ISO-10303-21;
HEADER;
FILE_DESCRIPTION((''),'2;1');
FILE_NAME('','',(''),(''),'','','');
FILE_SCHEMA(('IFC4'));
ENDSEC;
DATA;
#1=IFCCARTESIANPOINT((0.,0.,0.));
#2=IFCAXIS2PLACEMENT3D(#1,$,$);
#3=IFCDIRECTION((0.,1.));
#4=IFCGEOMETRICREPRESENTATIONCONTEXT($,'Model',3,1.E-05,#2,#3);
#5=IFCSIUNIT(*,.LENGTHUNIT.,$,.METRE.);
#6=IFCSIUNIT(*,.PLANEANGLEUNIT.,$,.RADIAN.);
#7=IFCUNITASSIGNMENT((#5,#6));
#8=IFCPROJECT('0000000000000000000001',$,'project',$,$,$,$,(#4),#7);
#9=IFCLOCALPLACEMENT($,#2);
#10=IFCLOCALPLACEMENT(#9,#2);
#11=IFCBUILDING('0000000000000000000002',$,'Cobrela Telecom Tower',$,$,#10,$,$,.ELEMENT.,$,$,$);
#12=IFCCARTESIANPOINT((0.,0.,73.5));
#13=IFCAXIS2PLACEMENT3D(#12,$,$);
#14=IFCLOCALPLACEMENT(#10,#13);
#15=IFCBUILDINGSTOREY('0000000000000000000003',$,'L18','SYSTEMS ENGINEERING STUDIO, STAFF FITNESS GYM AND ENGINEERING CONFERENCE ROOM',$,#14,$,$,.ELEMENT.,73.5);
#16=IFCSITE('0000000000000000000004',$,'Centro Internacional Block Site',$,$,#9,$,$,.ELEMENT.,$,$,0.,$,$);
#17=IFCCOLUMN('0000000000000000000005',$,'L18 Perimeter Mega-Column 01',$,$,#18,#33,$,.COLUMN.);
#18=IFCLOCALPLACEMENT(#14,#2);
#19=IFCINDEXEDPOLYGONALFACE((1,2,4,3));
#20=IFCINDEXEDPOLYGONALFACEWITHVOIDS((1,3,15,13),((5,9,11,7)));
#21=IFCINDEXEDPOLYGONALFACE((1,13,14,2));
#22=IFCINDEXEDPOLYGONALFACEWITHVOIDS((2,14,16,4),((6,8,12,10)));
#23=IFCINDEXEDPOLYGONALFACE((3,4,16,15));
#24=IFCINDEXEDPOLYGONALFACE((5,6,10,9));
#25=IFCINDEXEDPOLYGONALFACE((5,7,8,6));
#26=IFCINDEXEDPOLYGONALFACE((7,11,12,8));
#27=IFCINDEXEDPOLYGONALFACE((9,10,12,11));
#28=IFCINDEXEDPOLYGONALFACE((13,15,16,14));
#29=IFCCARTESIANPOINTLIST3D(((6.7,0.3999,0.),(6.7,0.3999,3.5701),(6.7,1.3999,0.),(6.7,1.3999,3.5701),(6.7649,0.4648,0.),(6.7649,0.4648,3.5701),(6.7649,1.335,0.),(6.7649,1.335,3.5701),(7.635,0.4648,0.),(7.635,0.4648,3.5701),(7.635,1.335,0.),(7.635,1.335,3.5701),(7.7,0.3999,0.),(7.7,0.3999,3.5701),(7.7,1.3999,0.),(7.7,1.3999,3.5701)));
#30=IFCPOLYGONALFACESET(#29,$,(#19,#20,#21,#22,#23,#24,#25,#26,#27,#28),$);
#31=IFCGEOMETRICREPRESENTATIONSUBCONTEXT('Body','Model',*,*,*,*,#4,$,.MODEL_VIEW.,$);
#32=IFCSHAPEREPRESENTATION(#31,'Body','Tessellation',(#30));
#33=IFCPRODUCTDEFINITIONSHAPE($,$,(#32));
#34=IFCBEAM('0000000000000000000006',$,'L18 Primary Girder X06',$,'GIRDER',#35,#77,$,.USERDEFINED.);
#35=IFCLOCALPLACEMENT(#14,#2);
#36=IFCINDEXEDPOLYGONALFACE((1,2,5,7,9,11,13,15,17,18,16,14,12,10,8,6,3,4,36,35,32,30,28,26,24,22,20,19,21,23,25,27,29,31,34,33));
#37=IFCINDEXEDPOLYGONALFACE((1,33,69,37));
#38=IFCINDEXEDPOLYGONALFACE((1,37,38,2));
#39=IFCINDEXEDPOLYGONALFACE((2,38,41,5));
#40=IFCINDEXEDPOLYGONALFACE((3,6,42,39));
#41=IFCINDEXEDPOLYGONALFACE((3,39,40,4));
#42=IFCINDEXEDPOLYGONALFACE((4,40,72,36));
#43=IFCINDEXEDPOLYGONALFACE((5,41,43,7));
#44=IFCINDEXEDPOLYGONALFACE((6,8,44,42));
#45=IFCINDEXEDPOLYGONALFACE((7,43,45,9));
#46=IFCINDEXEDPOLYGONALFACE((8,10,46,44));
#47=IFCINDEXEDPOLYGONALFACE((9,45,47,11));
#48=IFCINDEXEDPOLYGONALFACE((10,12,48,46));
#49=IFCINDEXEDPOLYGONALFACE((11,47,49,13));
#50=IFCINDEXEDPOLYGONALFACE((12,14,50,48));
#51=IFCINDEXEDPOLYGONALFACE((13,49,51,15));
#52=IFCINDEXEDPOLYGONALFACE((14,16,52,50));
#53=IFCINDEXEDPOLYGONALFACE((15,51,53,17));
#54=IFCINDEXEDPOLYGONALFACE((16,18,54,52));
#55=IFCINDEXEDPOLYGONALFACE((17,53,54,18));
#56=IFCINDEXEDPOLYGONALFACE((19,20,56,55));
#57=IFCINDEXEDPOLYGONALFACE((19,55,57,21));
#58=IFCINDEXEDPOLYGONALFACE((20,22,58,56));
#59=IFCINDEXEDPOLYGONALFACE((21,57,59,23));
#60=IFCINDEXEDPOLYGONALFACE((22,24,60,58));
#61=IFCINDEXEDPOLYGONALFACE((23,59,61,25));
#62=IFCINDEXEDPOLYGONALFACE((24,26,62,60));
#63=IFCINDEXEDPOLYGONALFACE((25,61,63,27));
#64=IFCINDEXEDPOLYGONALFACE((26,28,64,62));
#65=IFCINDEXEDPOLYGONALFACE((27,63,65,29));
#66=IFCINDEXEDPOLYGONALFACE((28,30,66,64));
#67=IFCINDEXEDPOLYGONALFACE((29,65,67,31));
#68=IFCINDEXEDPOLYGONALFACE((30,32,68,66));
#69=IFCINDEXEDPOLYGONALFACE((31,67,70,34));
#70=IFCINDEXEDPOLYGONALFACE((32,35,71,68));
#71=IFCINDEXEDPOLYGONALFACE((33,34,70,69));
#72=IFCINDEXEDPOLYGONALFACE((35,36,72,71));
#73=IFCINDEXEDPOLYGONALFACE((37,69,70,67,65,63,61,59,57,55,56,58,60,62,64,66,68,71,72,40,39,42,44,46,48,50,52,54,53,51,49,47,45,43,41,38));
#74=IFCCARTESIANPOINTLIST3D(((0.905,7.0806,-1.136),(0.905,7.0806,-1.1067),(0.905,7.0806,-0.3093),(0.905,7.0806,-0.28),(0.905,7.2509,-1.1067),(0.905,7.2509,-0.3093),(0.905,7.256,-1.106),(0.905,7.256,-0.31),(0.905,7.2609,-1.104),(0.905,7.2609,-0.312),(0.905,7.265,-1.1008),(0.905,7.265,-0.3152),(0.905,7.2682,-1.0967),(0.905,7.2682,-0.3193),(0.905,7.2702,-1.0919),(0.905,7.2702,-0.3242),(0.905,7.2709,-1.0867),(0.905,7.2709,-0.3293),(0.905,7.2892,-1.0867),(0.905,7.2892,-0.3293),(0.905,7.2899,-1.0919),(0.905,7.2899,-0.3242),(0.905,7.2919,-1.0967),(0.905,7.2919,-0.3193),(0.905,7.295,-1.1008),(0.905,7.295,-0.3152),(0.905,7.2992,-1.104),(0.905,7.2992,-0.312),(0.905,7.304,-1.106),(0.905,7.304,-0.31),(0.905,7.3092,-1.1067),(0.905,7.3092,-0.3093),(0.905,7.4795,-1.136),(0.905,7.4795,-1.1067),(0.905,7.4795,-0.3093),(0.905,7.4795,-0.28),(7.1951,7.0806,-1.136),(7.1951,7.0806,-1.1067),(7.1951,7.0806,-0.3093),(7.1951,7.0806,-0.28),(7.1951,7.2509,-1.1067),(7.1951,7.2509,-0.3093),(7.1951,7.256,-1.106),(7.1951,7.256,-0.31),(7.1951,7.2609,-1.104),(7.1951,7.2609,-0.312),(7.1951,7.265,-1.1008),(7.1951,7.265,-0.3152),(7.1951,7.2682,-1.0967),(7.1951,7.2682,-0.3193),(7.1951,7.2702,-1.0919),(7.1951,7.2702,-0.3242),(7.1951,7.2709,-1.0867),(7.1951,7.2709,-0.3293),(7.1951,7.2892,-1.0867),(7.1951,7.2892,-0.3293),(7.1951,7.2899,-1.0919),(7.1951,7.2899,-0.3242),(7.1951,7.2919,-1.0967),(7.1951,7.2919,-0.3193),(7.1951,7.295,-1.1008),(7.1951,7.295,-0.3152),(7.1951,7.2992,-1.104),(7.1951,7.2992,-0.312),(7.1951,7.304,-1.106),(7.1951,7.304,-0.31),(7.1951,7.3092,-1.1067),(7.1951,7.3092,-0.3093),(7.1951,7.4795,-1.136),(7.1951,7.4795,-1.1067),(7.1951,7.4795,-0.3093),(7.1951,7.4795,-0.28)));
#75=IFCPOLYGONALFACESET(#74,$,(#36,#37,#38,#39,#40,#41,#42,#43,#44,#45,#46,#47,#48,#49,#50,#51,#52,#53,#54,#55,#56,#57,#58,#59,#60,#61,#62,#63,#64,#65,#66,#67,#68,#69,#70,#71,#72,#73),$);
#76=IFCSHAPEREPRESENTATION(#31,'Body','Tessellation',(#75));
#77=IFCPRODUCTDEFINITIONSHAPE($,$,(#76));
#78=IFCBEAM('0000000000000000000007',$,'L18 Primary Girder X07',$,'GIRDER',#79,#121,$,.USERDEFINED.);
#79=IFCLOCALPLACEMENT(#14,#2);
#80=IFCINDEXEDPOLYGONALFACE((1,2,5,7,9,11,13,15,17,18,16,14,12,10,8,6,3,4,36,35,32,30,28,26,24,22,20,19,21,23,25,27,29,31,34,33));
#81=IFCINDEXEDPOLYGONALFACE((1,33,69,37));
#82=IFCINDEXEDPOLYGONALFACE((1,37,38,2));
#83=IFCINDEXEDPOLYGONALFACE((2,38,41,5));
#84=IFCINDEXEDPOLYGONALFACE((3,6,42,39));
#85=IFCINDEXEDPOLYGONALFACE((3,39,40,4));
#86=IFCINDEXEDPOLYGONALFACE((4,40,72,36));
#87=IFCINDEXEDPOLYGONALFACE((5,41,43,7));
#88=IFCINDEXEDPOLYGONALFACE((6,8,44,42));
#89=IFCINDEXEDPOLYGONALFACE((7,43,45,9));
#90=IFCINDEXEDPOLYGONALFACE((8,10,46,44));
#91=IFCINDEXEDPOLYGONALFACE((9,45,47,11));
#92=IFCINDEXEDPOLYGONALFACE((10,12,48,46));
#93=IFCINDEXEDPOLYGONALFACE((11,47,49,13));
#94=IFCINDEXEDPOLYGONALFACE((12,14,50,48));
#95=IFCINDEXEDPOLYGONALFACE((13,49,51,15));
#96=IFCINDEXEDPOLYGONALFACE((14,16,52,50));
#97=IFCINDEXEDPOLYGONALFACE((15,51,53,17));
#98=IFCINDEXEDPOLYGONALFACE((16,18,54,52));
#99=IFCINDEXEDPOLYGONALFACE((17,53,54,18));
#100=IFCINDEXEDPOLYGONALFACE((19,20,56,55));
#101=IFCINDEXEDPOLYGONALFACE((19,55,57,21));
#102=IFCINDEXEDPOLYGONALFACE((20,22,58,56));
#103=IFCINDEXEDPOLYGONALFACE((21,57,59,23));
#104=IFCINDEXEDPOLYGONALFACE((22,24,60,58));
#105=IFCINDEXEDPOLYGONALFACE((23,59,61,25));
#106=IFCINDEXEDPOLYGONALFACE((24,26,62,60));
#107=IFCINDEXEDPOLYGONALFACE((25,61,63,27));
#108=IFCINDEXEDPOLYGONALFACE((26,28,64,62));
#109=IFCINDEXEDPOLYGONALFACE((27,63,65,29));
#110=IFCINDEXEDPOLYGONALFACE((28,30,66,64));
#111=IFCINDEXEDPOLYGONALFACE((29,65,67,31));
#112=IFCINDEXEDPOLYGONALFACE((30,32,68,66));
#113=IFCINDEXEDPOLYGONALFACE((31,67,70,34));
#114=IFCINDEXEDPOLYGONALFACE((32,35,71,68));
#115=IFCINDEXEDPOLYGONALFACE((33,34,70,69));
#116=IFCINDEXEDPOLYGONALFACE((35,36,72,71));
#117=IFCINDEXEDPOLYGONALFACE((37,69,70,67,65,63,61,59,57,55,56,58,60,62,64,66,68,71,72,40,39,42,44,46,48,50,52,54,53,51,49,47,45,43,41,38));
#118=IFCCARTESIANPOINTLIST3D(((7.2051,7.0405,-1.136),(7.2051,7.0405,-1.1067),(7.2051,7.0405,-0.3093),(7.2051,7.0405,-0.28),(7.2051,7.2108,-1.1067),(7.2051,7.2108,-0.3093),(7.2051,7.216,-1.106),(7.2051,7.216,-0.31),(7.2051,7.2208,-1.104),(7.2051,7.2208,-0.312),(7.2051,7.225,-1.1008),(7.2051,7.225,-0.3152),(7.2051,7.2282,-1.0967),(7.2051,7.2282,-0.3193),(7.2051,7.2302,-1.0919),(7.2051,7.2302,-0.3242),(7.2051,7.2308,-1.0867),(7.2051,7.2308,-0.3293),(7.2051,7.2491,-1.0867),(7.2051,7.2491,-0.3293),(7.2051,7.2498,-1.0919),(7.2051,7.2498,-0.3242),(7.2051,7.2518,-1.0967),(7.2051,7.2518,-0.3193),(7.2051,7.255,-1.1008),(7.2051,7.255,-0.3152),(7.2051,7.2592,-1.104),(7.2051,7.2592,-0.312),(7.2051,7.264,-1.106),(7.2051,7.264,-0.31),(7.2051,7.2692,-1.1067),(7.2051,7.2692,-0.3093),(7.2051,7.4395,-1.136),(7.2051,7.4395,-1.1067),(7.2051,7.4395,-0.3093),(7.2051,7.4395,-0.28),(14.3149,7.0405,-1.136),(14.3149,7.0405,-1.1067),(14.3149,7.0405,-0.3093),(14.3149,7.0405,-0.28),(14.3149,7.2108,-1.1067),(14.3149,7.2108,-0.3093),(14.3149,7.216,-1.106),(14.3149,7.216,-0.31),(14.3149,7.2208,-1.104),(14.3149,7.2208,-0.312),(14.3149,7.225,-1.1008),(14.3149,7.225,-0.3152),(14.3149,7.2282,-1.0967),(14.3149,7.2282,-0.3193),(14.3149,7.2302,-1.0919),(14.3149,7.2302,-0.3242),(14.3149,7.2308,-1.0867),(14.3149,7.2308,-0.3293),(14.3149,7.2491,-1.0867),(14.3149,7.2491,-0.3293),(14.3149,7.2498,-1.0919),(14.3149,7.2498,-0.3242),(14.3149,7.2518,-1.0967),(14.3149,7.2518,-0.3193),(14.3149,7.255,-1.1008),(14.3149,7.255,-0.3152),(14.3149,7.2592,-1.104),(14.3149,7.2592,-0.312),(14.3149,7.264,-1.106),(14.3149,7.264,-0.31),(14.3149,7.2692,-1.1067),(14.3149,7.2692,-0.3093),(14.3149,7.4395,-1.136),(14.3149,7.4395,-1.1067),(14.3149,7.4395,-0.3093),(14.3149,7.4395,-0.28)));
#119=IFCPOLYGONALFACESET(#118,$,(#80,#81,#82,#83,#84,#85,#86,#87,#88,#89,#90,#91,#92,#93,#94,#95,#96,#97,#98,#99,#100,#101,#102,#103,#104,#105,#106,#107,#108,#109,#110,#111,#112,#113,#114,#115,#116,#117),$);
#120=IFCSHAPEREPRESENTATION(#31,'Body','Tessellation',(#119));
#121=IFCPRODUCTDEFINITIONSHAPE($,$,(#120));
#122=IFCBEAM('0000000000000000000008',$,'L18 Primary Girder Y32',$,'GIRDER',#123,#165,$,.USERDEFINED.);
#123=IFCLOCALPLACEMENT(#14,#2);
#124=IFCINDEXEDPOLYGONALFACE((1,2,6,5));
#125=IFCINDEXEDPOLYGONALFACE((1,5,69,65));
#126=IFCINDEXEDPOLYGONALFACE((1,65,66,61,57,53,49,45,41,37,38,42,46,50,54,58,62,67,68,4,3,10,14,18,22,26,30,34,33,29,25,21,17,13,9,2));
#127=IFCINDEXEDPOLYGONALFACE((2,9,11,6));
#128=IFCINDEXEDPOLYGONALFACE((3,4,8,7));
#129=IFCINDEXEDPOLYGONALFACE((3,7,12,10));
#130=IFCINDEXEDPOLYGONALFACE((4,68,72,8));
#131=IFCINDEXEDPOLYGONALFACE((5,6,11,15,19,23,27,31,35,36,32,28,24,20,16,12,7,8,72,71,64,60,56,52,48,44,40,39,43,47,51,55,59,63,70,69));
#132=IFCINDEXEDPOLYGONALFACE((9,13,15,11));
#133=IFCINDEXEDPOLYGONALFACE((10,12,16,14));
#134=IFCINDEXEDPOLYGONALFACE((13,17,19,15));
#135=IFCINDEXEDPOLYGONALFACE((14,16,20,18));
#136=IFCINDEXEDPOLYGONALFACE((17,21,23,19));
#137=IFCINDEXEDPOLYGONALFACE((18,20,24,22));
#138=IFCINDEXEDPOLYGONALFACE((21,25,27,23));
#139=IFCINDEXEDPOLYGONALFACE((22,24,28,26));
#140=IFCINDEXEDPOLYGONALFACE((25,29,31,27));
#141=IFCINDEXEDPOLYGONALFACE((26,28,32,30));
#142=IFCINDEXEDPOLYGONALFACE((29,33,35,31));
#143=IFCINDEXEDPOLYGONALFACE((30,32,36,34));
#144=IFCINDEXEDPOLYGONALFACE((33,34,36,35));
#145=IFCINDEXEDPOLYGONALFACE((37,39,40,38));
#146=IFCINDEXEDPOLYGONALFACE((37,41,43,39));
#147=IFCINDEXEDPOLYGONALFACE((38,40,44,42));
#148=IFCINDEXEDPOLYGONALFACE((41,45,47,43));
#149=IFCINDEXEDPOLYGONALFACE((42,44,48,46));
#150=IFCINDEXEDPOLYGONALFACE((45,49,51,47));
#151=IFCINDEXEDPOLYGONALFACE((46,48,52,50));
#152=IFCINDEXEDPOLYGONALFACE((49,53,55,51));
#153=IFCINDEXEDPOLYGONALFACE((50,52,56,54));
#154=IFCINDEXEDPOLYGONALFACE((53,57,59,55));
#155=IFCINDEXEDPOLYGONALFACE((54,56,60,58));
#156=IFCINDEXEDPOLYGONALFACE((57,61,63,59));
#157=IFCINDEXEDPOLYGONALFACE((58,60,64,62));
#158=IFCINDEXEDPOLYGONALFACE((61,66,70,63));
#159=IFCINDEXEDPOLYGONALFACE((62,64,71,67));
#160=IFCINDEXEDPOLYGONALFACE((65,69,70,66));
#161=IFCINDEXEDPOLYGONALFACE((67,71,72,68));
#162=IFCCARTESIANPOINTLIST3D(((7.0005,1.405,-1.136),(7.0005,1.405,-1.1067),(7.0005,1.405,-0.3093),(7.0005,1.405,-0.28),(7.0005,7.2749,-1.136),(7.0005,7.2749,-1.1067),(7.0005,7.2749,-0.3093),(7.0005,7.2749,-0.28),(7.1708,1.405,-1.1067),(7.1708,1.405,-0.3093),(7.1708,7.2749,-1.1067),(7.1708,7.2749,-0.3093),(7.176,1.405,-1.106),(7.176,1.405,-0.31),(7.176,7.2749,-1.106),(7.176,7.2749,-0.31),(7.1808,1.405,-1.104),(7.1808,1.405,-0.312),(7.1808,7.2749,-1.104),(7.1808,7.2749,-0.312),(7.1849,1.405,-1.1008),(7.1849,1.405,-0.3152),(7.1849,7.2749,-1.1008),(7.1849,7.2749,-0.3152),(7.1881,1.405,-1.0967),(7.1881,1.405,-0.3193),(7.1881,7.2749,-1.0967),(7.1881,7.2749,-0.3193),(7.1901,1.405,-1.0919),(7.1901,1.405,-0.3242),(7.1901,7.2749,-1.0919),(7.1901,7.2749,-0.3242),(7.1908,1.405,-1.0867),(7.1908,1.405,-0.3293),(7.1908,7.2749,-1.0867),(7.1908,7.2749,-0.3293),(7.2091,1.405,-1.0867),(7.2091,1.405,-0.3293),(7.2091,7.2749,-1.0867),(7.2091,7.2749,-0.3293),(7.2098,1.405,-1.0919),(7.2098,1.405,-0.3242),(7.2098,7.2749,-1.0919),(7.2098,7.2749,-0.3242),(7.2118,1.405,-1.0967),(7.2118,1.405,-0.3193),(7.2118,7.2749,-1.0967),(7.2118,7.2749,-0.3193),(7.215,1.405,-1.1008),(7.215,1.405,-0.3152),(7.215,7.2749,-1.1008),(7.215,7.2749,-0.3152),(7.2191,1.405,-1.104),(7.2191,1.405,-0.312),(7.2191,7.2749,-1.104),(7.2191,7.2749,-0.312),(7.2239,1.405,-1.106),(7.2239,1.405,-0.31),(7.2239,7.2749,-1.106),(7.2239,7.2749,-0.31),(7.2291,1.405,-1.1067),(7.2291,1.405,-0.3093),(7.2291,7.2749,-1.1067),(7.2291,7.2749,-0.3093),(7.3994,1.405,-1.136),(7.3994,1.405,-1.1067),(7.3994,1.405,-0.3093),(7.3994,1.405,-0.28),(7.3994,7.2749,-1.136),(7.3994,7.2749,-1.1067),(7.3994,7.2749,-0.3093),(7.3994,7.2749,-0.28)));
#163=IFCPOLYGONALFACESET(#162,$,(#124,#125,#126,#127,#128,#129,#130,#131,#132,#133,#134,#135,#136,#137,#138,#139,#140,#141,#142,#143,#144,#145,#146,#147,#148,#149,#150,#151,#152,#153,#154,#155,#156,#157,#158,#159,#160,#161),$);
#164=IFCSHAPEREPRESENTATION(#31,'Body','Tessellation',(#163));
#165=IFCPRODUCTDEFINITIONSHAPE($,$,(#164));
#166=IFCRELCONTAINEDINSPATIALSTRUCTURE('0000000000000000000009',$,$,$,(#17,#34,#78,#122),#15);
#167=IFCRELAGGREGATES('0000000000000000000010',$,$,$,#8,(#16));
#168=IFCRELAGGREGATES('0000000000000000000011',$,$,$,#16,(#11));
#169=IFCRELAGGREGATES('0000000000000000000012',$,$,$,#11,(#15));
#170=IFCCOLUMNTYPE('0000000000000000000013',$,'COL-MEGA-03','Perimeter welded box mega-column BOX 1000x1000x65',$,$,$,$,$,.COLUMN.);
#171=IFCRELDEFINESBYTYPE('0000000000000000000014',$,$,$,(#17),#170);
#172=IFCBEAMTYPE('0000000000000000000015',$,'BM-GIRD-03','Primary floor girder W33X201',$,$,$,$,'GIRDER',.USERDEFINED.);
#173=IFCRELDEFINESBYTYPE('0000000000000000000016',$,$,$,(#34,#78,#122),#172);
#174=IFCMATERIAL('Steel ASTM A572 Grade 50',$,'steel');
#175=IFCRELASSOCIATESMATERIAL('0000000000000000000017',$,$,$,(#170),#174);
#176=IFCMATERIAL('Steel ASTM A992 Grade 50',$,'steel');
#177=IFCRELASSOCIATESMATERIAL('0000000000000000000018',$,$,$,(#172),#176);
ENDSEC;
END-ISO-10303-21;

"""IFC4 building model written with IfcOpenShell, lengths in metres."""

from ifc_helpers import new_model, si_unit, direction, frame, origin, origin_2d, place, context, subcontext, project, spatial, hollow_rectangle, i_section, extrude, material, material_profile, profile_set, type_object, element, save


model = new_model("IFC4")

# Units and contexts
model_context = context("Model", 3, precision=1e-05, world=origin(), true_north=direction((0.0, 1.0)))
body_context = subcontext(model_context, "Body", "Model", "MODEL_VIEW")
ifc_project = project(units=[si_unit("LENGTHUNIT", "METRE"), si_unit("PLANEANGLEUNIT", "RADIAN")], contexts=[model_context])

# Site, building, storey
site_placement = place(None, origin())
site = spatial("IfcSite", under=ifc_project, at=site_placement, Name="Centro Internacional Block Site", CompositionType="ELEMENT", RefElevation=0.0)
building_placement = place(site_placement, origin())
building = spatial("IfcBuilding", under=site, at=building_placement, Name="Cobrela Telecom Tower", CompositionType="ELEMENT")
storey_placement = place(building_placement, frame((0.0, 0.0, 73.5)))
storey = spatial("IfcBuildingStorey", under=building, at=storey_placement, Name="L18", Description="SYSTEMS ENGINEERING STUDIO, STAFF FITNESS GYM AND ENGINEERING CONFERENCE ROOM", CompositionType="ELEMENT", Elevation=73.5)

# Column
ifc_material_1 = material(Name="Steel ASTM A572 Grade 50", Category="steel")
ifc_material_profile_1 = material_profile(ifc_material_1, hollow_rectangle(XDim=1.0, YDim=1.0, WallThickness=0.0649, at=origin_2d()), Name="BOX 1000x1000x65")
ifc_profile_set_1 = profile_set([ifc_material_profile_1], Name="Steel ASTM A572 Grade 50")
column_type = type_object("IfcColumnType", Name="COL-MEGA-03", Description="Perimeter welded box mega-column BOX 1000x1000x65", PredefinedType="COLUMN", material=ifc_profile_set_1)
column_placement = place(storey_placement, frame((7.2, 0.8999, 0.0), z_axis=(0.0, 0.0, 1.0), x_axis=(1.0, 0.0, 0.0)))
element("IfcColumn", 1, at=column_placement, inside=storey, type_object=column_type, Name="L18 Perimeter Mega-Column 01", PredefinedType="COLUMN", context=body_context, shape_type="SweptSolid", body=[
    extrude(hollow_rectangle(XDim=1.0, YDim=1.0, WallThickness=0.0649, at=origin_2d()), origin(), (0.0, 0.0, 1.0), 3.5701),
])

# Beams
ifc_material_2 = material(Name="Steel ASTM A992 Grade 50", Category="steel")
ifc_material_profile_2 = material_profile(ifc_material_2, i_section(OverallWidth=0.3989, OverallDepth=0.856, WebThickness=0.0183, FlangeThickness=0.0293, FilletRadius=0.02, at=origin_2d()), Name="W33X201")
ifc_profile_set_2 = profile_set([ifc_material_profile_2], Name="Steel ASTM A992 Grade 50")
beam_type_1 = type_object("IfcBeamType", Name="BM-GIRD-03", Description="Primary floor girder W33X201", ElementType="GIRDER", PredefinedType="USERDEFINED", material=ifc_profile_set_2)
beam_1_placement = place(storey_placement, frame((0.905, 7.28, -0.708), z_axis=(1.0, 0.0, 0.0), x_axis=(0.0, 1.0, 0.0)))
element("IfcBeam", 2, at=beam_1_placement, inside=storey, type_object=beam_type_1, Name="L18 Primary Girder X06", ObjectType="GIRDER", PredefinedType="USERDEFINED", context=body_context, shape_type="SweptSolid", body=[
    extrude(i_section(OverallWidth=0.3989, OverallDepth=0.856, WebThickness=0.0183, FlangeThickness=0.0293, FilletRadius=0.02, at=origin_2d()), origin(), (0.0, 0.0, 1.0), 6.29),
])
beam_2_placement = place(storey_placement, frame((7.2051, 7.24, -0.708), z_axis=(1.0, 0.0, 0.0), x_axis=(0.0, 1.0, 0.0)))
element("IfcBeam", 3, at=beam_2_placement, inside=storey, type_object=beam_type_1, Name="L18 Primary Girder X07", ObjectType="GIRDER", PredefinedType="USERDEFINED", context=body_context, shape_type="SweptSolid", body=[
    extrude(i_section(OverallWidth=0.3989, OverallDepth=0.856, WebThickness=0.0183, FlangeThickness=0.0293, FilletRadius=0.02, at=origin_2d()), origin(), (0.0, 0.0, 1.0), 7.1099),
])
beam_3_placement = place(storey_placement, frame((7.2, 1.405, -0.708), z_axis=(0.0, 1.0, 0.0), x_axis=(-1.0, 0.0, 0.0)))
element("IfcBeam", 4, at=beam_3_placement, inside=storey, type_object=beam_type_1, Name="L18 Primary Girder Y32", ObjectType="GIRDER", PredefinedType="USERDEFINED", context=body_context, shape_type="SweptSolid", body=[
    extrude(i_section(OverallWidth=0.3989, OverallDepth=0.856, WebThickness=0.0183, FlangeThickness=0.0293, FilletRadius=0.02, at=origin_2d()), origin(), (0.0, 0.0, 1.0), 5.8699),
])

save(model, "model.ifc")
